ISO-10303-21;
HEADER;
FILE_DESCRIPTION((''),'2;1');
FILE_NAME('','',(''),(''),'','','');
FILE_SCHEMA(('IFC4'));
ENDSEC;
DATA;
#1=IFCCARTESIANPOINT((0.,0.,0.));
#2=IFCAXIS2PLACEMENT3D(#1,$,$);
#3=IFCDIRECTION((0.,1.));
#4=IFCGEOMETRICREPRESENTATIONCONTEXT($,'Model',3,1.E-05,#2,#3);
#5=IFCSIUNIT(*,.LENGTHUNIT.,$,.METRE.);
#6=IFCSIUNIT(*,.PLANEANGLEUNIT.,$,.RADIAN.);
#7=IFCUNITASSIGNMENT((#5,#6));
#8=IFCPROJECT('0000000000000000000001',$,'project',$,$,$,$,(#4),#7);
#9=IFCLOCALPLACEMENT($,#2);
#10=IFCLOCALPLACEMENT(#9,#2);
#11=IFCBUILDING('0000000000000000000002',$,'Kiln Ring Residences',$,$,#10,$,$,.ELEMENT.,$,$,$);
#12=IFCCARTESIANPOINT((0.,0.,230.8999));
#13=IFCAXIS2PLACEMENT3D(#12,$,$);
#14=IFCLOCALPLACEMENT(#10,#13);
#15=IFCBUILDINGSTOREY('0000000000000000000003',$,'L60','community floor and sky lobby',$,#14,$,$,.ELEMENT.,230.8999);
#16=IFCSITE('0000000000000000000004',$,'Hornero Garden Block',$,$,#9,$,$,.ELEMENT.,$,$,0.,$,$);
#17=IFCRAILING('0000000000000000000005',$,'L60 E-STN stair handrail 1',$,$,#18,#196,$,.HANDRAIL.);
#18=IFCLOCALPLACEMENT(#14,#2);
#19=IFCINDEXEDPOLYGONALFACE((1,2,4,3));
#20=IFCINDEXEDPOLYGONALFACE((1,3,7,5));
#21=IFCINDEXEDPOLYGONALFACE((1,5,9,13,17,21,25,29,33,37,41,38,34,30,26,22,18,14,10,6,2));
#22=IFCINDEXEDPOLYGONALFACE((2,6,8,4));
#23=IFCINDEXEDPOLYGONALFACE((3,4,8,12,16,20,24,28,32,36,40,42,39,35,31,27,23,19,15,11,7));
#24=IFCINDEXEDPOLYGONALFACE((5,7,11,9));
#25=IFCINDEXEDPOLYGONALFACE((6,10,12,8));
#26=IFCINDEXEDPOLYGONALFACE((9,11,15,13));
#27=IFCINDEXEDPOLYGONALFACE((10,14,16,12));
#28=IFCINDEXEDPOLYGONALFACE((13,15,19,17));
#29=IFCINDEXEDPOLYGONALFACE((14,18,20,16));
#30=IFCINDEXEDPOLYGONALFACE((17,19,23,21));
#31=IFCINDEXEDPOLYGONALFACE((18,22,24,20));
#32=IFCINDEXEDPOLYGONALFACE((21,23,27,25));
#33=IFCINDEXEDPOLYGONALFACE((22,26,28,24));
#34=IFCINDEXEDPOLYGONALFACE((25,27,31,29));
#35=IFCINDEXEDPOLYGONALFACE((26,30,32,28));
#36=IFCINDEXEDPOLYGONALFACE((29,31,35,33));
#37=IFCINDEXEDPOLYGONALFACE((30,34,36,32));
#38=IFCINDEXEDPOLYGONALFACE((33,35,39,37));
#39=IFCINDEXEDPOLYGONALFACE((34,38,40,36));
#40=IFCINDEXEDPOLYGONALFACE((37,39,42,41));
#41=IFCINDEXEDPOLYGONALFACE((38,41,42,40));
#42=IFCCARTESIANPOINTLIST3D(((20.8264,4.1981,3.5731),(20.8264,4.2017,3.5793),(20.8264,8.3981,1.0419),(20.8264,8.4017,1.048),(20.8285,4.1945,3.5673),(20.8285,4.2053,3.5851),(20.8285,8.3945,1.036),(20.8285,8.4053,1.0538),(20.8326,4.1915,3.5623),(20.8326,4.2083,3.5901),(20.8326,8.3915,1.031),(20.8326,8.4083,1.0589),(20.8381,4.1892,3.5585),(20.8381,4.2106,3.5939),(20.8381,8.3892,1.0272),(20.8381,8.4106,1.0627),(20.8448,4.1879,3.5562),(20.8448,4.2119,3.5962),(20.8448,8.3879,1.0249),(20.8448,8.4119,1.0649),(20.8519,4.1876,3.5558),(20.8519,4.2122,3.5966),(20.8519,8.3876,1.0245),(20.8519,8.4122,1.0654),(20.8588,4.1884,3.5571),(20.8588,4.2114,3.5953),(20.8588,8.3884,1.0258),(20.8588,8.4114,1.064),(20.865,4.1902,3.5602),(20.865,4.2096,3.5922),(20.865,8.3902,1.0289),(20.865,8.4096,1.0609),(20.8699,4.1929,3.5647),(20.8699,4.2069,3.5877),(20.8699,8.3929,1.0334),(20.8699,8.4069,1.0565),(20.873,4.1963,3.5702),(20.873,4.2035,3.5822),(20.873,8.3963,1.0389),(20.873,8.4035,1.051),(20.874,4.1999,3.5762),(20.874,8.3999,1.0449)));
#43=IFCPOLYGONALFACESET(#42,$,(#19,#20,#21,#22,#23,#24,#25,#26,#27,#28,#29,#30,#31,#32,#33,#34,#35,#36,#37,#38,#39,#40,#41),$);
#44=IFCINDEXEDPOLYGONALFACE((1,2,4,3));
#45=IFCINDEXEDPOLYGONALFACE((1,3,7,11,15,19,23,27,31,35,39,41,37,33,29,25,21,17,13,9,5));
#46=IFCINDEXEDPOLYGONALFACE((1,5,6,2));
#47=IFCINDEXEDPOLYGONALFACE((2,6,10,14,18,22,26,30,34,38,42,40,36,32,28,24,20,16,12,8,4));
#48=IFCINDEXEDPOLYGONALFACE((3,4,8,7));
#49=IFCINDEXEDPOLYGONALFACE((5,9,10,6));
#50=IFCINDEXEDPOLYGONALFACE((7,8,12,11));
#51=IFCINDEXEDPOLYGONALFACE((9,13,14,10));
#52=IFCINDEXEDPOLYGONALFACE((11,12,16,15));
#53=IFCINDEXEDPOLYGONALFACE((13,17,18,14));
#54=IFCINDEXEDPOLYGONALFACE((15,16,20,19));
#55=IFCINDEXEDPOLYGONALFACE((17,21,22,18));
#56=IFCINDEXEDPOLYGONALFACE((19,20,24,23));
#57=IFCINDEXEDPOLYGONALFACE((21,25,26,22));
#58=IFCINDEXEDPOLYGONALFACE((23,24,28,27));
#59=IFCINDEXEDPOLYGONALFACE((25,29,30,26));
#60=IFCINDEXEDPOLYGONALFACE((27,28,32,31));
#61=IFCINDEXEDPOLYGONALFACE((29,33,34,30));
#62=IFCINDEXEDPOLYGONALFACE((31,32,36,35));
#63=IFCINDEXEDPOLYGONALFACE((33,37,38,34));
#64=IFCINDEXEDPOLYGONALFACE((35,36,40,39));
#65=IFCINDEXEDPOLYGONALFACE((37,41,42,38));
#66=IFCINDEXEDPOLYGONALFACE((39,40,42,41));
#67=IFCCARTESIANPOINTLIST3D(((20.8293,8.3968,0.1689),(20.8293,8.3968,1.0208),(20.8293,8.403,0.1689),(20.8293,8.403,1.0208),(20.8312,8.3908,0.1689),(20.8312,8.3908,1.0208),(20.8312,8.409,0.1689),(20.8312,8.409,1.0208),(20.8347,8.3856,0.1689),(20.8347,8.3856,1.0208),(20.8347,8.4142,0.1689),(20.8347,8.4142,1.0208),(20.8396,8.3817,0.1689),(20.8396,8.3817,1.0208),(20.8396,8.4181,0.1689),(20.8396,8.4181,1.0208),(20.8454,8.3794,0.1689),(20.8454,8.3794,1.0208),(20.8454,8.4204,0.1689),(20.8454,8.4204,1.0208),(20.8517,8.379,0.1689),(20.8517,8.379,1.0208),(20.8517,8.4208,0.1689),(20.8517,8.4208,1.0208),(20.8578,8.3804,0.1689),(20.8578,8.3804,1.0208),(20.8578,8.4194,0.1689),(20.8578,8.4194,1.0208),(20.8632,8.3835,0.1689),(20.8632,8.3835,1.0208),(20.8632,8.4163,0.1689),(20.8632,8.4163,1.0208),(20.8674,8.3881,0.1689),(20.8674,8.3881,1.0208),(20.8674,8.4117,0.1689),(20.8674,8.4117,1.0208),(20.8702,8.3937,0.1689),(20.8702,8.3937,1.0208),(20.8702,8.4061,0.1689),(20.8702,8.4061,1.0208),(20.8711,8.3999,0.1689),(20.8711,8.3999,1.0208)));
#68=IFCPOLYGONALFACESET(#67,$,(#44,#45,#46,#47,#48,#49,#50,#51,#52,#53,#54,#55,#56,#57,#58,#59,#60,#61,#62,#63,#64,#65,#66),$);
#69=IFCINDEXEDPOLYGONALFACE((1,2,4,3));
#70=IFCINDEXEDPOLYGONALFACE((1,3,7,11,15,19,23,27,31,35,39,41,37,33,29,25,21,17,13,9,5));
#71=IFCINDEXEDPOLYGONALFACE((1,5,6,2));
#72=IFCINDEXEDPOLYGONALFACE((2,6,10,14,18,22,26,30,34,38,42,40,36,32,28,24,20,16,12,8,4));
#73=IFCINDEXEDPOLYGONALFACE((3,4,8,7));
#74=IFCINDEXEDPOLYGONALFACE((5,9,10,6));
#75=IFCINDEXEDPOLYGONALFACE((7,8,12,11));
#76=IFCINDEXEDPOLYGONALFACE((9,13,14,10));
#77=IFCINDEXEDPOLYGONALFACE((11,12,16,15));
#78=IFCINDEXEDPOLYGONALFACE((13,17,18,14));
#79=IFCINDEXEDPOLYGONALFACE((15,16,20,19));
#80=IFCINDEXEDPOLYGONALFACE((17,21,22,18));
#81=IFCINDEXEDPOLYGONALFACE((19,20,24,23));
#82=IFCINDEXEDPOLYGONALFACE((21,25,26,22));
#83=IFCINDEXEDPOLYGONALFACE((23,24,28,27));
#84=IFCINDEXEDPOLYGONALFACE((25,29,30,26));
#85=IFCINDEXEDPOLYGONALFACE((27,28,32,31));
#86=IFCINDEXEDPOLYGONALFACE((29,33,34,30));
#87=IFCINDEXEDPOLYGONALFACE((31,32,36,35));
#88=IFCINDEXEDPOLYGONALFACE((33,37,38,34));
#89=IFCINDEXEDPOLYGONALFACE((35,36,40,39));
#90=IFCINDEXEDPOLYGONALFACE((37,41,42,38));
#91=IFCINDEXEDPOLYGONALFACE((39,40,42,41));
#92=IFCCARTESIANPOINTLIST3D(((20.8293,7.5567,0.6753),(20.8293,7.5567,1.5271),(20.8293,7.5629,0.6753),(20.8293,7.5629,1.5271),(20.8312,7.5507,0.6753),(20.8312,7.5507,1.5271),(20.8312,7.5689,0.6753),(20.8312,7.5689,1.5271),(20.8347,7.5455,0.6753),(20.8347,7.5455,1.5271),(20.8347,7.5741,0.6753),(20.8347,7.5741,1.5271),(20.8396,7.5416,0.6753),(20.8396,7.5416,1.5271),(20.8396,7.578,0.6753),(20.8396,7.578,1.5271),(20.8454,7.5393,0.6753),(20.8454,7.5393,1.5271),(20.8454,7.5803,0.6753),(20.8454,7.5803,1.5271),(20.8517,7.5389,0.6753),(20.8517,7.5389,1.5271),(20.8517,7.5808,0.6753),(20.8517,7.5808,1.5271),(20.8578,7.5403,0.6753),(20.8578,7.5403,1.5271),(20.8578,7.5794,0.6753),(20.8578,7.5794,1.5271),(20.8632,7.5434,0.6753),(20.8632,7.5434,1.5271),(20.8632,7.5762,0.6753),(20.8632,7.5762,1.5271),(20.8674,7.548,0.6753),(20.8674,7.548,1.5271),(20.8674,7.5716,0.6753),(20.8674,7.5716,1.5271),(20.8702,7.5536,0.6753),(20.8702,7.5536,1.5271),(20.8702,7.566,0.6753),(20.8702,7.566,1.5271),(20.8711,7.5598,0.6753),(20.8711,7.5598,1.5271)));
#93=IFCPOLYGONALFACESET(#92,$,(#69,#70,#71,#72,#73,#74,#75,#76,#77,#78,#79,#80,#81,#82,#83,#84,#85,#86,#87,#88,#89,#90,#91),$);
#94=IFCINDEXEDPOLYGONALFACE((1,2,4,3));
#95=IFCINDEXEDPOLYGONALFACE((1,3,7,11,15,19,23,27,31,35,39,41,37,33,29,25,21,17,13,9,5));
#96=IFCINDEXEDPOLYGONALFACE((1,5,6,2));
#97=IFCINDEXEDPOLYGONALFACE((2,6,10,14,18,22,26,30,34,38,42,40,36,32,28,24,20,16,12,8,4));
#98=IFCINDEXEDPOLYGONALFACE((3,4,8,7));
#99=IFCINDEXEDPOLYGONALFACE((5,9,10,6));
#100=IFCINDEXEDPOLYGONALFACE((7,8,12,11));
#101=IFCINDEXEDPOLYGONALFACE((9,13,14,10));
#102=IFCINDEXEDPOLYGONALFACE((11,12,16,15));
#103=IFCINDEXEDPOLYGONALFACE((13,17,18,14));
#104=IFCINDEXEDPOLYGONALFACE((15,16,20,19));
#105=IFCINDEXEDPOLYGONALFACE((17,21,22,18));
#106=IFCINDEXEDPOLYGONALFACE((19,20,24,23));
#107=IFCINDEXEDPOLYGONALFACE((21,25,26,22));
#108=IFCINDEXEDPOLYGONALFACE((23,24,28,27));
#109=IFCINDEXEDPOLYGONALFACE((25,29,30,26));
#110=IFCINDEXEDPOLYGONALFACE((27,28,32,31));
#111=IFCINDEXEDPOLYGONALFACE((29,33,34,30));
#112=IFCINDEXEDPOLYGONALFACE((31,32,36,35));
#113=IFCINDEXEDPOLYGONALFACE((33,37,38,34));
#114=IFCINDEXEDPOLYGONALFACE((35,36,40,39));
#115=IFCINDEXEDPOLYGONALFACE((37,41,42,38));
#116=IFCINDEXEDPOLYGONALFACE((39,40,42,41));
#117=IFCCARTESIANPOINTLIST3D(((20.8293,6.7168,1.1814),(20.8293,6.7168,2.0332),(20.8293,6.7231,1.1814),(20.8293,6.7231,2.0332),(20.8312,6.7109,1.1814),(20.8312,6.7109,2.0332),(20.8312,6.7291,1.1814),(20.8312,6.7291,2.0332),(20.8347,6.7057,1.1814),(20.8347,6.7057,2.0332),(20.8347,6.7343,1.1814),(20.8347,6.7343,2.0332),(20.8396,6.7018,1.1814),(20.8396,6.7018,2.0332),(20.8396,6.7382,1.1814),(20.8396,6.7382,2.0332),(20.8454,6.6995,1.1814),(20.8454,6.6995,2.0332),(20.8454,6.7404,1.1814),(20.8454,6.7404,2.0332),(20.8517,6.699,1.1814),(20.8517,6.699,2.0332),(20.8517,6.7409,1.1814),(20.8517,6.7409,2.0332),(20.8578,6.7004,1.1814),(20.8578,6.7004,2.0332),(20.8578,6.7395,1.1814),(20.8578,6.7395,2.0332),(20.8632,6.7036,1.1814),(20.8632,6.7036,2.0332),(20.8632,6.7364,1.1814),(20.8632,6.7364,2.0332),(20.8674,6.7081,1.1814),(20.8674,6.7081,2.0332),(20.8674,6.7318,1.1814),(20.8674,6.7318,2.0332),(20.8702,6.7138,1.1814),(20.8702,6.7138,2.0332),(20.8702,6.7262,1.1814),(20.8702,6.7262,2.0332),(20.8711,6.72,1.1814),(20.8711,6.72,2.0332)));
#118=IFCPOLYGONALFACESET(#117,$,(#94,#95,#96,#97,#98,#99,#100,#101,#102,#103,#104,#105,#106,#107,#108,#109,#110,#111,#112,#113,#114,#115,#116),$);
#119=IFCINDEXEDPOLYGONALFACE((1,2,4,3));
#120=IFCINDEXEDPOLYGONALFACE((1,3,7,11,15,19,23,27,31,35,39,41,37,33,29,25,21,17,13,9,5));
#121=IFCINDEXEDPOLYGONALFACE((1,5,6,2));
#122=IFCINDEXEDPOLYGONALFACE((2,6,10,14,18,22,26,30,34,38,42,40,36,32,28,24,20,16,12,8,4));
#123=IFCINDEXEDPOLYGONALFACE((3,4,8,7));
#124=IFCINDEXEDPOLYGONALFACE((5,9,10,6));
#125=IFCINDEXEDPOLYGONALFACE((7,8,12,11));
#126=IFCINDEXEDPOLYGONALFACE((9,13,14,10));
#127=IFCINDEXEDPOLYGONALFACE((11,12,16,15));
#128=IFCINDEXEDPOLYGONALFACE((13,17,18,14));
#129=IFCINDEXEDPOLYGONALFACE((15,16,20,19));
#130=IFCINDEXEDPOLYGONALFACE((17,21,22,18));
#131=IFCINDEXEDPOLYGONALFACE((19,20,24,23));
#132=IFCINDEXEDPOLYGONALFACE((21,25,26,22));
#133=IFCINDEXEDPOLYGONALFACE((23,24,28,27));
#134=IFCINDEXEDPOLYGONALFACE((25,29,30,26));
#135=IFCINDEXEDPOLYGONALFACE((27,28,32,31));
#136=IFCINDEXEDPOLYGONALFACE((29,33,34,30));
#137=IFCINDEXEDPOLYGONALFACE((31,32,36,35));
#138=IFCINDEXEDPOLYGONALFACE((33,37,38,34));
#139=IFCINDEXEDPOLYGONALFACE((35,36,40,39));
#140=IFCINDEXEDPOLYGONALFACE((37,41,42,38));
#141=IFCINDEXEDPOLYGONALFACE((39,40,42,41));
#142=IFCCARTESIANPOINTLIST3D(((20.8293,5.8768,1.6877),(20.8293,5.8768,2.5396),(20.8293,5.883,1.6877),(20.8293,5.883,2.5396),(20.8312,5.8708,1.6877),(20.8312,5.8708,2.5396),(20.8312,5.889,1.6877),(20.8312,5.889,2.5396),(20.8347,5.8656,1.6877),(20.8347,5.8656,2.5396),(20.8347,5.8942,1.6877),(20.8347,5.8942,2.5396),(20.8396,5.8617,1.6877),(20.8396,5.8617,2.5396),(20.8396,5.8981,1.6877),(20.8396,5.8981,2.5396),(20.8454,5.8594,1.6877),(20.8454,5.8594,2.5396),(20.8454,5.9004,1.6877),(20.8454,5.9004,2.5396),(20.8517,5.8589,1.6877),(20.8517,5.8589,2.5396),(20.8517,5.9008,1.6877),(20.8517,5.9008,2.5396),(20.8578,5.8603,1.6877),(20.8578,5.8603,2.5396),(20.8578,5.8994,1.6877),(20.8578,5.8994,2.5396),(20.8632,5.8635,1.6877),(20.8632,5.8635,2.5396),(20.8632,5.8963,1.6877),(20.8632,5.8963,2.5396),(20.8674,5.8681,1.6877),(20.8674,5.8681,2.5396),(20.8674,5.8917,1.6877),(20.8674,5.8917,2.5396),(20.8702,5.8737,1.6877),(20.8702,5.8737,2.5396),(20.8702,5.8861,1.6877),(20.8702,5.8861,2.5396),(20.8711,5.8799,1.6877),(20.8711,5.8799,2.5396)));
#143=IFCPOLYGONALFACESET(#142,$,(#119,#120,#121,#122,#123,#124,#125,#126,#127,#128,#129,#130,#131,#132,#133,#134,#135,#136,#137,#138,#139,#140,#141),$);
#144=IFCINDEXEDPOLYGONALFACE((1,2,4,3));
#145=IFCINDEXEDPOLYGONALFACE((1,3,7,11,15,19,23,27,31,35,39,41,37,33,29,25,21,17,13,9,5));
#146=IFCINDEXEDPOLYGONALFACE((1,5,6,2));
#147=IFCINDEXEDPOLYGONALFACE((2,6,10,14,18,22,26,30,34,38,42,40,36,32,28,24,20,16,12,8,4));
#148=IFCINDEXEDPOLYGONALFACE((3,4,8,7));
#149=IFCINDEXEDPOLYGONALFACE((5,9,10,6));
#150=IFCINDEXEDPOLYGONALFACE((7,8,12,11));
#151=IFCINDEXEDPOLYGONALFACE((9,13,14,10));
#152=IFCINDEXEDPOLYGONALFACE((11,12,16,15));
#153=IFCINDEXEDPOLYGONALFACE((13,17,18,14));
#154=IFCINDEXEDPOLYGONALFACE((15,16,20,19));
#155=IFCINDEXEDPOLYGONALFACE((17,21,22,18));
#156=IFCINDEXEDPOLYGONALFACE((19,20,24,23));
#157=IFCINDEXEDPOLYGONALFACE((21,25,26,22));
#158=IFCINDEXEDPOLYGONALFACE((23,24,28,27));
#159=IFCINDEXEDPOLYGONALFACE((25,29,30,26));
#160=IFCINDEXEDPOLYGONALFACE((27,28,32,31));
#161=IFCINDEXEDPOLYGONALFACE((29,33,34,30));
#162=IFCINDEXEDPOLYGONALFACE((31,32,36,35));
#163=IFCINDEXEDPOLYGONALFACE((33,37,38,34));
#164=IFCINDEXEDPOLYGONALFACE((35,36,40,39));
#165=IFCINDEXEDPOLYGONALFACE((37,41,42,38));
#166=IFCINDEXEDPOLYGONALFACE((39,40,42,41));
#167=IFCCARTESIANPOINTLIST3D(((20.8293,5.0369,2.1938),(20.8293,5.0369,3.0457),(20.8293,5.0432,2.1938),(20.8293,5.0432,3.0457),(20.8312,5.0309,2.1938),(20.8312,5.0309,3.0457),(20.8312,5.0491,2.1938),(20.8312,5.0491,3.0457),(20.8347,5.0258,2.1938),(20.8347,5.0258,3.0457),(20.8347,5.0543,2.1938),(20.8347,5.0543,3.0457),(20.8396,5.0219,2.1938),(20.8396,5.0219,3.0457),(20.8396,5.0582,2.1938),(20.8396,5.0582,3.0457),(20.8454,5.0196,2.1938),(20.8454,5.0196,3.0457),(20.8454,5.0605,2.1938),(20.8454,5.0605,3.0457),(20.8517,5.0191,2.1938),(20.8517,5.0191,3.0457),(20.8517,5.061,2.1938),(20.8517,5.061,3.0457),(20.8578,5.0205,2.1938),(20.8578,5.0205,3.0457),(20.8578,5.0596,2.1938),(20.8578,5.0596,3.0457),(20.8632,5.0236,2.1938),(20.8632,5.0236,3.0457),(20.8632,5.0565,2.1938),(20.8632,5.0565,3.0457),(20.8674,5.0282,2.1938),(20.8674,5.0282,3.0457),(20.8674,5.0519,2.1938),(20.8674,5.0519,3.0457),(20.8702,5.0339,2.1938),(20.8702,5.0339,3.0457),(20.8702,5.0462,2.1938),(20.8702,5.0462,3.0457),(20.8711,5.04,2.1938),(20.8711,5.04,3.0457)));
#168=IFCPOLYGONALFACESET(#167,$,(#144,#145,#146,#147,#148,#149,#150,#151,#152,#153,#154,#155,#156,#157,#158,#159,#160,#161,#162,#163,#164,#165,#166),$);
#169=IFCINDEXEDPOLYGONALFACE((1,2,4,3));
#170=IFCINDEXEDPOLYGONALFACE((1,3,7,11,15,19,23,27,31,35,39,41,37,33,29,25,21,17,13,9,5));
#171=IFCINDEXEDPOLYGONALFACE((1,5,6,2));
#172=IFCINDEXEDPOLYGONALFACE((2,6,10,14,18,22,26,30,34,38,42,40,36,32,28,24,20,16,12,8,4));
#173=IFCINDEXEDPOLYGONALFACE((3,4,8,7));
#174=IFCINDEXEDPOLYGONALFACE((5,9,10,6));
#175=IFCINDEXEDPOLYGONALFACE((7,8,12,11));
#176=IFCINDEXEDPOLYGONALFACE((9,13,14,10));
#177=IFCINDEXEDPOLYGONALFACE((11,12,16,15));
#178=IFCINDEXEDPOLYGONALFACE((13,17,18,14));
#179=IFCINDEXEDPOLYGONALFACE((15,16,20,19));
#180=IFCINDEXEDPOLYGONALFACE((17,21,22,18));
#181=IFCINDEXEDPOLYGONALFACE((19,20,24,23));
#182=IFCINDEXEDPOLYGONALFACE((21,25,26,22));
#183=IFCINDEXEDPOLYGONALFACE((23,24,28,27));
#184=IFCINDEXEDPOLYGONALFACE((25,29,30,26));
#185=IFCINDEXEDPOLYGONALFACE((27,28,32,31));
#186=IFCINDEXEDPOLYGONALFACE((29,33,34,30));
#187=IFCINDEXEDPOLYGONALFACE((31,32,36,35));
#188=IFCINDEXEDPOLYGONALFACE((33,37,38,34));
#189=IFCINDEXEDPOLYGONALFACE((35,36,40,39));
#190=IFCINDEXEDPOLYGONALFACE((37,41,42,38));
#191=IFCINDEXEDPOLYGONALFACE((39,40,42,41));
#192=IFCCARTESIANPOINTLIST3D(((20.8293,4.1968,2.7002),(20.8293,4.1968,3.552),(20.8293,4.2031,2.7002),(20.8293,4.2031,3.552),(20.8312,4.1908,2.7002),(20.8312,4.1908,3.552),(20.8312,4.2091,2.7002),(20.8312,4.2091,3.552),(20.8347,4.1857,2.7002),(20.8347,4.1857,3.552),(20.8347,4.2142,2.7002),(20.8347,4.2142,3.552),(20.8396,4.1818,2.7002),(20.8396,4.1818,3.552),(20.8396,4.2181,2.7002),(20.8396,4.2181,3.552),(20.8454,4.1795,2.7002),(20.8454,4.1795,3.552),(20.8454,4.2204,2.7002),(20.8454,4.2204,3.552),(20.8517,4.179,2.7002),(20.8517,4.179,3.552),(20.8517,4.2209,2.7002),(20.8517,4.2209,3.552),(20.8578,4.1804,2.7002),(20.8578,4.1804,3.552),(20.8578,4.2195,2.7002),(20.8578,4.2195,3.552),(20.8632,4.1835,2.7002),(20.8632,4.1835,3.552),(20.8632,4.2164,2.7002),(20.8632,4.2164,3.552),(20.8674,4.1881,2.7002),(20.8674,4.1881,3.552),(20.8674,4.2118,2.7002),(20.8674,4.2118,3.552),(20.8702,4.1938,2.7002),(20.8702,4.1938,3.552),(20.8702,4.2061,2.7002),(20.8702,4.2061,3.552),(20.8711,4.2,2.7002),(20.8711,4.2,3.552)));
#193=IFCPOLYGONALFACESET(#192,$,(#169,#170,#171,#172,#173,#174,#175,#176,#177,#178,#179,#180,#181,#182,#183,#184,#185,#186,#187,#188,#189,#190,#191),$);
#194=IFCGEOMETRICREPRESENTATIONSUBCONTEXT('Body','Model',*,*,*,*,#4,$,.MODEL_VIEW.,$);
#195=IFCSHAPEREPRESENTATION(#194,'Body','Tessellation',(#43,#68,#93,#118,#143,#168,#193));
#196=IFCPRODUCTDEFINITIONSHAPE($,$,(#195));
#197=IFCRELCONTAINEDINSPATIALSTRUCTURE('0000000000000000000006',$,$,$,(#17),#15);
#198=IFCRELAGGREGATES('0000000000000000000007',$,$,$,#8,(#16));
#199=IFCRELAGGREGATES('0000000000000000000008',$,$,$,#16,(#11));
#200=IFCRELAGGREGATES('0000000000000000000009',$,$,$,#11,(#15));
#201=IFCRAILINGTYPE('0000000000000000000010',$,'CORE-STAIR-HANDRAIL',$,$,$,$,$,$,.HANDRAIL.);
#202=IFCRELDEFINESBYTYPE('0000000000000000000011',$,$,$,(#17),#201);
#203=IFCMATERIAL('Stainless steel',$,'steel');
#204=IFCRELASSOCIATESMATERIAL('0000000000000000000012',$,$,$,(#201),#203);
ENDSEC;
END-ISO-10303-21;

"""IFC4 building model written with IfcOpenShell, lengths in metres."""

from ifc_helpers import new_model, si_unit, direction, frame, origin, origin_2d, place, context, subcontext, project, spatial, circle, extrude, material, type_object, element, save


model = new_model("IFC4")

# Units and contexts
model_context = context("Model", 3, precision=1e-05, world=origin(), true_north=direction((0.0, 1.0)))
body_context = subcontext(model_context, "Body", "Model", "MODEL_VIEW")
ifc_project = project(units=[si_unit("LENGTHUNIT", "METRE"), si_unit("PLANEANGLEUNIT", "RADIAN")], contexts=[model_context])

# Site, building, storey
site_placement = place(None, origin())
site = spatial("IfcSite", under=ifc_project, at=site_placement, Name="Hornero Garden Block", CompositionType="ELEMENT", RefElevation=0.0)
building_placement = place(site_placement, origin())
building = spatial("IfcBuilding", under=site, at=building_placement, Name="Kiln Ring Residences", CompositionType="ELEMENT")
storey_placement = place(building_placement, frame((0.0, 0.0, 230.8999)))
storey = spatial("IfcBuildingStorey", under=building, at=storey_placement, Name="L60", Description="community floor and sky lobby", CompositionType="ELEMENT", Elevation=230.8999)

# Railing
ifc_material_1 = material(Name="Stainless steel", Category="steel")
railing_type_1 = type_object("IfcRailingType", Name="CORE-STAIR-HANDRAIL", PredefinedType="HANDRAIL", material=ifc_material_1)
railing_1_placement = place(storey_placement, frame((20.8501, 8.3999, 0.1689)))
element("IfcRailing", 1, at=railing_1_placement, inside=storey, type_object=railing_type_1, Name="L60 E-STN stair handrail 1", PredefinedType="HANDRAIL", context=body_context, shape_type="SweptSolid", body=[
    extrude(circle(Radius=0.0239, at=origin_2d()), frame((0.0, 0.0, 0.876), z_axis=(0.0, -0.856476, 0.516186), x_axis=(1.0, 0.0, 0.0)), (0.0, 0.0, 1.0), 4.9038),
    extrude(circle(Radius=0.021, at=origin_2d()), origin(), (0.0, 0.0, 1.0), 0.8518),
    extrude(circle(Radius=0.021, at=origin_2d()), frame((0.0, -0.8401, 0.5063)), (0.0, 0.0, 1.0), 0.8518),
    extrude(circle(Radius=0.021, at=origin_2d()), frame((0.0, -1.6799, 1.0125)), (0.0, 0.0, 1.0), 0.8518),
    extrude(circle(Radius=0.021, at=origin_2d()), frame((0.0, -2.52, 1.5188)), (0.0, 0.0, 1.0), 0.8518),
    extrude(circle(Radius=0.021, at=origin_2d()), frame((0.0, -3.3599, 2.0249)), (0.0, 0.0, 1.0), 0.8518),
    extrude(circle(Radius=0.021, at=origin_2d()), frame((0.0, -4.2, 2.5312)), (0.0, 0.0, 1.0), 0.8518),
])

save(model, "model.ifc")
